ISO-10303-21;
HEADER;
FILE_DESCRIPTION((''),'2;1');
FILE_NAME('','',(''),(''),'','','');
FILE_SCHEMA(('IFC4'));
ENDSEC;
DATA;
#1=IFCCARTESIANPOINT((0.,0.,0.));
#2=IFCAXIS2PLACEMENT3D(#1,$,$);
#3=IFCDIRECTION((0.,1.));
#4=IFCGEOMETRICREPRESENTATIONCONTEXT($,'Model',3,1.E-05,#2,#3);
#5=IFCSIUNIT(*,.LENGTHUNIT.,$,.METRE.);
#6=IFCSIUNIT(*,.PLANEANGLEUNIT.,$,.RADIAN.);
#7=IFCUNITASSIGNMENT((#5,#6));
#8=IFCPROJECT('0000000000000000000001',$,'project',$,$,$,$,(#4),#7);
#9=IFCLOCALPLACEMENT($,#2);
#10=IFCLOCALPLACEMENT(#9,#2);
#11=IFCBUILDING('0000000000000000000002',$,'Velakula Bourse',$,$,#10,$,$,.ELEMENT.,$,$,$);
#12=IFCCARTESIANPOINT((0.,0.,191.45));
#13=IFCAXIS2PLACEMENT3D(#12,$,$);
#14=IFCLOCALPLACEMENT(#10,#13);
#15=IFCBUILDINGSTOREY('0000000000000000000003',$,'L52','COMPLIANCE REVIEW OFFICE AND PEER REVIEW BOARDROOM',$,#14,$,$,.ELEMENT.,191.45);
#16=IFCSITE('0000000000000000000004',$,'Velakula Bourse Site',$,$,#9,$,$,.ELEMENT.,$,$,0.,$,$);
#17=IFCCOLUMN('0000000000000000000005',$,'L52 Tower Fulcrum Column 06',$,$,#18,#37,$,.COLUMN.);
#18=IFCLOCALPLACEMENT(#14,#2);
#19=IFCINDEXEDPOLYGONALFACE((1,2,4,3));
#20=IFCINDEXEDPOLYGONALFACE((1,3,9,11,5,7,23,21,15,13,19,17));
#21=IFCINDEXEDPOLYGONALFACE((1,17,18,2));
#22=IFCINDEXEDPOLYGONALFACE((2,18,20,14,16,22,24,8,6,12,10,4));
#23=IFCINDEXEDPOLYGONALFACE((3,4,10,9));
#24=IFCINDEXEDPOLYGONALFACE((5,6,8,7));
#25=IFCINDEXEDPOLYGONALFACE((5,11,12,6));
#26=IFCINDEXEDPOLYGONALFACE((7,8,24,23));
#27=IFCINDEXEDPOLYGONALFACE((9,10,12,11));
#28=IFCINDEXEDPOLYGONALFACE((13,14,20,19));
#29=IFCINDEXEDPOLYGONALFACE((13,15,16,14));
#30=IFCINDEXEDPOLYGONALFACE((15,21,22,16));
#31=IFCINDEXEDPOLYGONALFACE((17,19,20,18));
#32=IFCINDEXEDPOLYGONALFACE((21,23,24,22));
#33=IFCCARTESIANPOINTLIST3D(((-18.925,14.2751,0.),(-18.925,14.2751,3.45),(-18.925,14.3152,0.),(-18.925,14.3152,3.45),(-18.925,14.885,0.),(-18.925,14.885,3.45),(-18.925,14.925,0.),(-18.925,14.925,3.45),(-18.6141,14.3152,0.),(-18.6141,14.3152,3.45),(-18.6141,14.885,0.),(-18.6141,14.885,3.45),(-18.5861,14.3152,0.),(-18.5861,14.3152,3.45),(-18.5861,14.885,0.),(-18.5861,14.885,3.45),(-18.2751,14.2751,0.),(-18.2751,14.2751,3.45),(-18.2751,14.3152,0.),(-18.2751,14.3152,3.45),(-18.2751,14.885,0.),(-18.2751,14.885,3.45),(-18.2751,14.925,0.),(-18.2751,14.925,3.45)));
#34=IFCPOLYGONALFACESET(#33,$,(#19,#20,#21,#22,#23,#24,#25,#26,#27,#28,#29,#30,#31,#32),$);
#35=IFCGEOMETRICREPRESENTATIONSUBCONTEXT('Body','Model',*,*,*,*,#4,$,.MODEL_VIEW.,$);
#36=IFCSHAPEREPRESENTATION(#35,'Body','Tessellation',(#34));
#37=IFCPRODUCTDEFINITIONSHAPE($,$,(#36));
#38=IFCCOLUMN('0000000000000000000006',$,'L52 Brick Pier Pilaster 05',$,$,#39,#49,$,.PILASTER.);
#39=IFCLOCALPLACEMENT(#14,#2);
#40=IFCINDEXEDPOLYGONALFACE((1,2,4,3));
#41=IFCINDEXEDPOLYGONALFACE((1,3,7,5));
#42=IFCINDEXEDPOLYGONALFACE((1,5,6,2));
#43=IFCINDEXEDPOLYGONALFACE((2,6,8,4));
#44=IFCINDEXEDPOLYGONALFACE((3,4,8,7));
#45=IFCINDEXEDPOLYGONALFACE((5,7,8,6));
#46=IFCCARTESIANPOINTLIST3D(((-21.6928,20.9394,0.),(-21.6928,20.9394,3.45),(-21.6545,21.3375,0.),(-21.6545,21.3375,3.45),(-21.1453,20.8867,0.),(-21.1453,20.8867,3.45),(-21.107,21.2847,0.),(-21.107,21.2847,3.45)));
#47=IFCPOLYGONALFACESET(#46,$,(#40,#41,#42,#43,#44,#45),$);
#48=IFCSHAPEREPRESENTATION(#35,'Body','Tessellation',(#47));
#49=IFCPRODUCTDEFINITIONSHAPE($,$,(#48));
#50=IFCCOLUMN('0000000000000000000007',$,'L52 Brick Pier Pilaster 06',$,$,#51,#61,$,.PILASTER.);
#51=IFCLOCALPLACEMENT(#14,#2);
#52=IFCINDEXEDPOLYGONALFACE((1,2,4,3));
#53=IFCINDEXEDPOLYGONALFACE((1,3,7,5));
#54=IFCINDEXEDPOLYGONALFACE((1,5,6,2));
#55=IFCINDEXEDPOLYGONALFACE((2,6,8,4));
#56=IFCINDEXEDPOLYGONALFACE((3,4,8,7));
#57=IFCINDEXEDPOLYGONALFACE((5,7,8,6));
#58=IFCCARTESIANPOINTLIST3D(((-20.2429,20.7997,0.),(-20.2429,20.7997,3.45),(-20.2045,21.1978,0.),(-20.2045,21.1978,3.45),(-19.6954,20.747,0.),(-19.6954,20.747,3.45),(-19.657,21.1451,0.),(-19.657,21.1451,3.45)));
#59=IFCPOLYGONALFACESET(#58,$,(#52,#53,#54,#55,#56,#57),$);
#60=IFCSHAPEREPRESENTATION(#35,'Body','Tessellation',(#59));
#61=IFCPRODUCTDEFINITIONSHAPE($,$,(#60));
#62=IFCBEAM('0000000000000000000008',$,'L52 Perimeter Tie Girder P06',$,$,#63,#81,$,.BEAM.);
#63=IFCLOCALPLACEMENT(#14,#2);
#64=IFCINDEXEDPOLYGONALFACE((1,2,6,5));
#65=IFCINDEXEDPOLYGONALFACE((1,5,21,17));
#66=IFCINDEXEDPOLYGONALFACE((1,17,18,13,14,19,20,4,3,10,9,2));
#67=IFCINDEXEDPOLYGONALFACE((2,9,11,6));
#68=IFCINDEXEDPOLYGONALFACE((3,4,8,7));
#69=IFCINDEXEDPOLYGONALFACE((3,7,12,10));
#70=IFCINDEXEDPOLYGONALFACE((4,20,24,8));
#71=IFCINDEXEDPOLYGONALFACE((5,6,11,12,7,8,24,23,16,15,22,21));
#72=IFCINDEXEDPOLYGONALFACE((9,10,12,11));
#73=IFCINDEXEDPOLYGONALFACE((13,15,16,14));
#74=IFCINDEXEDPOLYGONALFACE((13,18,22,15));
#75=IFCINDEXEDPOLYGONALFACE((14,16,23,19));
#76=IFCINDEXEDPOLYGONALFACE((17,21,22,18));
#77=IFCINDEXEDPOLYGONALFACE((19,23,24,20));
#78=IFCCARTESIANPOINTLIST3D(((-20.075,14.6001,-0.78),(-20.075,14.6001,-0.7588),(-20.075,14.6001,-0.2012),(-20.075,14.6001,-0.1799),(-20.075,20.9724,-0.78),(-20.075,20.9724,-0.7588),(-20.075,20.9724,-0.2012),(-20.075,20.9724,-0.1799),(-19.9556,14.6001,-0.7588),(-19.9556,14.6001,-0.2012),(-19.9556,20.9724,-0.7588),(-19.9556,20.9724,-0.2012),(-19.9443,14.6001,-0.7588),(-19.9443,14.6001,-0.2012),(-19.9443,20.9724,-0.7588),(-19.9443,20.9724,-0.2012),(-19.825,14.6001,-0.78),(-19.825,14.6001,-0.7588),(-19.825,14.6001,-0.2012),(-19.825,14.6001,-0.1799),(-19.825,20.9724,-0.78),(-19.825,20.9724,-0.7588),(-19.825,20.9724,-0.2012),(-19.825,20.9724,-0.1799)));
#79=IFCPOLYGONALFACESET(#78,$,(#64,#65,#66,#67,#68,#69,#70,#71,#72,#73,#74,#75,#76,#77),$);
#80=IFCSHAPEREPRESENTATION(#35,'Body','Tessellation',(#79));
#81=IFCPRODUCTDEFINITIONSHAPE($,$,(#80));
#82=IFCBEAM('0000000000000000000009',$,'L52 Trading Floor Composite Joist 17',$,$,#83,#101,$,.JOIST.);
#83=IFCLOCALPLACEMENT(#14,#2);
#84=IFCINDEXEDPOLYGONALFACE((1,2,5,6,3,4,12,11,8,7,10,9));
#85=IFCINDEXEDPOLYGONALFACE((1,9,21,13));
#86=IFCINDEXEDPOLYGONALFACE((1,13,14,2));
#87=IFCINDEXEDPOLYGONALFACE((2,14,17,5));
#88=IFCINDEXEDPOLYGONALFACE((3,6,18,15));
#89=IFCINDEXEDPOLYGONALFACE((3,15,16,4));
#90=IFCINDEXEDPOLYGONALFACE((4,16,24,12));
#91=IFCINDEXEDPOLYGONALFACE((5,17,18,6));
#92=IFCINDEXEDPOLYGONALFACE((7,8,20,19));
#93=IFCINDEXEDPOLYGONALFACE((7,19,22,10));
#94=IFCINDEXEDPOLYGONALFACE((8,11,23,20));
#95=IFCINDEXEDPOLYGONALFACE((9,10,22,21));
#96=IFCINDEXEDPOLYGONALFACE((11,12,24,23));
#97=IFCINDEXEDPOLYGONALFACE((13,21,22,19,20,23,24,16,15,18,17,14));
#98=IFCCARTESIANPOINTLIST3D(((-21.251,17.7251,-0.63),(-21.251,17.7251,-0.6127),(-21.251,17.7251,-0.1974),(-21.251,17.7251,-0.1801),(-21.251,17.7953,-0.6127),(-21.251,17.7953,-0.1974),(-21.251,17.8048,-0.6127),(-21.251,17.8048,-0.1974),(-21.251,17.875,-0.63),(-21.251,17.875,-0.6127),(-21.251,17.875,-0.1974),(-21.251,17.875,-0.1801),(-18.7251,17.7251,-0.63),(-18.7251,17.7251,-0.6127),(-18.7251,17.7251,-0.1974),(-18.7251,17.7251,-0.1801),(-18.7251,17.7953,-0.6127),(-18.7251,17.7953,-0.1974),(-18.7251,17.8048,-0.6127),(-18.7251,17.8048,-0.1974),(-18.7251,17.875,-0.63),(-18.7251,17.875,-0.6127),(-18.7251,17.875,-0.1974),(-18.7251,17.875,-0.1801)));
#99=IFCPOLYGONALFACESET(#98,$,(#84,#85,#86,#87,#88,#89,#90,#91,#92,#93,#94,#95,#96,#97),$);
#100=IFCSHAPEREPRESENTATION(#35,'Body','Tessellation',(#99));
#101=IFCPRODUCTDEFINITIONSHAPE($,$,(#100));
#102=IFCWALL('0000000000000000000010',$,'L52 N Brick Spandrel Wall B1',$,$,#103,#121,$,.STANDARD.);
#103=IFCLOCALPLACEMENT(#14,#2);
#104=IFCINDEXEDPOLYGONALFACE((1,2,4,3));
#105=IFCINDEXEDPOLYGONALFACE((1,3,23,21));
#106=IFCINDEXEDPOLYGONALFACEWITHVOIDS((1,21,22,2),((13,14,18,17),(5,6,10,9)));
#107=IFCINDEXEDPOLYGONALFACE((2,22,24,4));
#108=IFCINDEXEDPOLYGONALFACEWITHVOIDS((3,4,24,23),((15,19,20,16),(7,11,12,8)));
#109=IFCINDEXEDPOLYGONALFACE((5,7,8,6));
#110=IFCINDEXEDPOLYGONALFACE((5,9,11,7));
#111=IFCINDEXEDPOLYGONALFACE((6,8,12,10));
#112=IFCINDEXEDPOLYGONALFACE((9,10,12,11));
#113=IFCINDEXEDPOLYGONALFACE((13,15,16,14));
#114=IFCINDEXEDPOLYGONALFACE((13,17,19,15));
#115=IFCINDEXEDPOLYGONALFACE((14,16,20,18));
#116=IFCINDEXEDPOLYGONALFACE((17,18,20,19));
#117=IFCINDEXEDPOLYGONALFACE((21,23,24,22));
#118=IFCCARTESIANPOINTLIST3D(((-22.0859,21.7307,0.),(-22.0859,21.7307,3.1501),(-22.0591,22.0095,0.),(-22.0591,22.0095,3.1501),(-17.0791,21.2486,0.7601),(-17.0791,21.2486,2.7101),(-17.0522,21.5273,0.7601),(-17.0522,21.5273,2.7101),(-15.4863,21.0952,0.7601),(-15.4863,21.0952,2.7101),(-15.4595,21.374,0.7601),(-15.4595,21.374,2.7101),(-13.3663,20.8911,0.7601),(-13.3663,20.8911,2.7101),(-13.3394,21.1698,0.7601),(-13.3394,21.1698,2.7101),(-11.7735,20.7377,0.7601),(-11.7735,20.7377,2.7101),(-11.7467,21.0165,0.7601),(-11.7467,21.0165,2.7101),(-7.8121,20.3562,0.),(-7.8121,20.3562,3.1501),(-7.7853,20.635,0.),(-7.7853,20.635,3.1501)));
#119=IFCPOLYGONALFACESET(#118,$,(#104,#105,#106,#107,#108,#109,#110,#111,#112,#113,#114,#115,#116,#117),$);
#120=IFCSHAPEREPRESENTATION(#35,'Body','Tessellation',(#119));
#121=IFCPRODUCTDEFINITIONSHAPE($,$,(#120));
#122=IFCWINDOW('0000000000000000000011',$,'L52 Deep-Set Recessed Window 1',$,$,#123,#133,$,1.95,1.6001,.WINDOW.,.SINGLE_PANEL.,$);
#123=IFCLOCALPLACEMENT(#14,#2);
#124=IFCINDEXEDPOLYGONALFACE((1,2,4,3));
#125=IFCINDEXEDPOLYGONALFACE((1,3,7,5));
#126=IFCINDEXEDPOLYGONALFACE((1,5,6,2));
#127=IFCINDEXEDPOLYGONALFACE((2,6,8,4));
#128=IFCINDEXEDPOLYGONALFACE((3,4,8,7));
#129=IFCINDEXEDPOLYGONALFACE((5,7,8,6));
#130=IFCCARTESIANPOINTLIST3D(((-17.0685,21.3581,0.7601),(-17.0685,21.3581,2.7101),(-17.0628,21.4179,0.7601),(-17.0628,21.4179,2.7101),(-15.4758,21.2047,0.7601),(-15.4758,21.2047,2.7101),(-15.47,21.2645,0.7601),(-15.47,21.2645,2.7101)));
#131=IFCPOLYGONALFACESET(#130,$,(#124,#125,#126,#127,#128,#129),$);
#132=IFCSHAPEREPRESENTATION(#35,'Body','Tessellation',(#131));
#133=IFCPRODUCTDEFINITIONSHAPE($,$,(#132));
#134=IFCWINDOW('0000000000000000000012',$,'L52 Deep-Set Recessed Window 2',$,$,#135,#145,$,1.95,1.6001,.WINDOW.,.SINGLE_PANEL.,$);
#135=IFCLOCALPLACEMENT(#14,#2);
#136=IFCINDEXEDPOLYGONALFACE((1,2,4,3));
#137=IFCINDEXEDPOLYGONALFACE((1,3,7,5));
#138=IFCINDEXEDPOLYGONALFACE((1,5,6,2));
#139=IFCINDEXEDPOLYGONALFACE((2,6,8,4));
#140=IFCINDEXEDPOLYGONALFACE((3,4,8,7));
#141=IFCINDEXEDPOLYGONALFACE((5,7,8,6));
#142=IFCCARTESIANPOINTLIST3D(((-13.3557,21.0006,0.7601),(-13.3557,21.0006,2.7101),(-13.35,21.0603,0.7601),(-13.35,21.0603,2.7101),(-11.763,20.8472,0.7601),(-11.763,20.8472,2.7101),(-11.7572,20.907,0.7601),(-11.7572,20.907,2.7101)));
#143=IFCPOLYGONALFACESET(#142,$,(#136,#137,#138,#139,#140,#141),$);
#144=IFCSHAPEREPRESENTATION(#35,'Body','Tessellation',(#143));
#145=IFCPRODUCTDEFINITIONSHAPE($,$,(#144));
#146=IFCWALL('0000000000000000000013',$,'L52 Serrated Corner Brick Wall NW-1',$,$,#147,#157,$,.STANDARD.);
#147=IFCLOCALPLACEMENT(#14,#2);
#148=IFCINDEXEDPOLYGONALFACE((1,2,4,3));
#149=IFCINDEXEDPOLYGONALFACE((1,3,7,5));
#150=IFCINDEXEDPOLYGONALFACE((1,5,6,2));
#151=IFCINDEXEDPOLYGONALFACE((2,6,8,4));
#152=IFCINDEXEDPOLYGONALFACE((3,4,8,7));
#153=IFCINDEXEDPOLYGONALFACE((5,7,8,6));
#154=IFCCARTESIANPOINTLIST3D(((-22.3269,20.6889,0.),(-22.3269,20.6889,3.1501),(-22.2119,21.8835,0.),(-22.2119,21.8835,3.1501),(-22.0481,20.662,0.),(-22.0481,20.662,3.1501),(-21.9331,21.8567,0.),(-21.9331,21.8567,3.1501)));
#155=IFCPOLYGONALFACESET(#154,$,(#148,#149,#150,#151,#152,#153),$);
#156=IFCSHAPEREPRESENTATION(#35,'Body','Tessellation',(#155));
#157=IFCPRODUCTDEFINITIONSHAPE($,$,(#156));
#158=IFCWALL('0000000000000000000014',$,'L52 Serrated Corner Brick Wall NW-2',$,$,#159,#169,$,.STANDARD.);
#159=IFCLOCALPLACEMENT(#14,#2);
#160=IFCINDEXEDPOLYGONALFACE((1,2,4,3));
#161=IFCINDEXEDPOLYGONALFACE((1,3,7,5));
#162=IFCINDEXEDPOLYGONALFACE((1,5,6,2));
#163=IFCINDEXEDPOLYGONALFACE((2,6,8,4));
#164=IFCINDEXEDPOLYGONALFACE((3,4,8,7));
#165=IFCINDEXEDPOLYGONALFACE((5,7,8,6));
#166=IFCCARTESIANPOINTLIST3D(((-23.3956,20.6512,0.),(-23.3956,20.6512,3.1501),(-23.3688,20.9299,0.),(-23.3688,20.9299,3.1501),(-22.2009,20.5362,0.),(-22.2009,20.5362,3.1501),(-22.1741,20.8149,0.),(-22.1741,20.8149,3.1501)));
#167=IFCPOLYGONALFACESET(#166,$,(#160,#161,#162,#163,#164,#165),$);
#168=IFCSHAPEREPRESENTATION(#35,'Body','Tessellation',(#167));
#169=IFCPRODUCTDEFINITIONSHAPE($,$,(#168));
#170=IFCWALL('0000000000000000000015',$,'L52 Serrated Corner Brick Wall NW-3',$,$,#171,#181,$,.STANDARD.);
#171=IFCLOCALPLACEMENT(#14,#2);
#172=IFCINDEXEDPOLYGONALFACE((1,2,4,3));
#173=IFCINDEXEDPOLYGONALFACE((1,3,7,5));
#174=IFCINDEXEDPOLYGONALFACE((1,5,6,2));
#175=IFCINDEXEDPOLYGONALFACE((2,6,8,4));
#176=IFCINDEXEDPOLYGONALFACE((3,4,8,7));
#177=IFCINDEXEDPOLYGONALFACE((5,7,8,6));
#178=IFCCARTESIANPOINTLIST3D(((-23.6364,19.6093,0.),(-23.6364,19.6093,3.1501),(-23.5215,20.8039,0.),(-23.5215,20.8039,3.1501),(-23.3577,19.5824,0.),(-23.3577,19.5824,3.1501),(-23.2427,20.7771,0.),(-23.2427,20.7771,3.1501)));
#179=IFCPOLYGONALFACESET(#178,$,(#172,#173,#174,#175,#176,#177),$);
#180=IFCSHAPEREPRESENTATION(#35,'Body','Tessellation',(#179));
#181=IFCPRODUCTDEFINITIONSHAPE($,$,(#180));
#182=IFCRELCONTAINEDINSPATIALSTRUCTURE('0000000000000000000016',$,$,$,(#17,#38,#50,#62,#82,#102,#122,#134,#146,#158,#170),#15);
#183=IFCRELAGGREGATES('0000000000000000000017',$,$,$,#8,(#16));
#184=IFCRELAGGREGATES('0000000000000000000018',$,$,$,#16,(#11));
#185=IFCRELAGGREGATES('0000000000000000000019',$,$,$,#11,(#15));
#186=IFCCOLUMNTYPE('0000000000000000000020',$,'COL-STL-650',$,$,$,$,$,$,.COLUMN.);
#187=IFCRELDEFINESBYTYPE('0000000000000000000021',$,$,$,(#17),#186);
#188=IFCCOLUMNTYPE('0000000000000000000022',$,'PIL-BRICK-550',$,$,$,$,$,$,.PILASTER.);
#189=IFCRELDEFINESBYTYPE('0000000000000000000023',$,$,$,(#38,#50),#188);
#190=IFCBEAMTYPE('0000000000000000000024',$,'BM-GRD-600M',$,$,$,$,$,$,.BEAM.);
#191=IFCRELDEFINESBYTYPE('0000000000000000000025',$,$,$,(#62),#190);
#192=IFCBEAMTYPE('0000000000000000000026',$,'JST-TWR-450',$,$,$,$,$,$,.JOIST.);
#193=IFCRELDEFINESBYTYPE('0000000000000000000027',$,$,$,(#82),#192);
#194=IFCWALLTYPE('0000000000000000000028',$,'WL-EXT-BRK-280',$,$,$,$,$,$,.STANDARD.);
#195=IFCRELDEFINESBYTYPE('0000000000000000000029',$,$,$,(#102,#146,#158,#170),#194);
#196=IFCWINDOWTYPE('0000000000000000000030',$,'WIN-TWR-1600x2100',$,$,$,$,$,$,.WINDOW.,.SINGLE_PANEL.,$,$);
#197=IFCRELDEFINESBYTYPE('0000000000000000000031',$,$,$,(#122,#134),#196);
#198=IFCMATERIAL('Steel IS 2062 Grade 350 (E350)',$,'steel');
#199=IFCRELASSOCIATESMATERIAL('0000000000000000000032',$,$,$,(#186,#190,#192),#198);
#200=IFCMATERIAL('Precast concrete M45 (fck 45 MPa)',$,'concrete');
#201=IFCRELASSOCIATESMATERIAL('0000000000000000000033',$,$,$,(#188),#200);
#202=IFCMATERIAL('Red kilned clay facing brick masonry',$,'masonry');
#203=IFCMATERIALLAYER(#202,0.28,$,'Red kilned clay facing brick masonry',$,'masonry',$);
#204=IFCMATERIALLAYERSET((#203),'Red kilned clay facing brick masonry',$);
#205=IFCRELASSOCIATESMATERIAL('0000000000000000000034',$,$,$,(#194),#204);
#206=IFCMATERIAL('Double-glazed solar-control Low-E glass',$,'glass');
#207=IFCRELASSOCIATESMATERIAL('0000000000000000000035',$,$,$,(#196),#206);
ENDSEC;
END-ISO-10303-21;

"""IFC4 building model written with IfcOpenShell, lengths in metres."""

from ifc_helpers import new_model, si_unit, direction, frame, frame_2d, origin, origin_2d, place, context, subcontext, project, spatial, rectangle, i_section, extrude, material, layer, layer_set, material_profile, profile_set, type_object, element, fill, save


model = new_model("IFC4")

# Units and contexts
model_context = context("Model", 3, precision=1e-05, world=origin(), true_north=direction((0.0, 1.0)))
body_context = subcontext(model_context, "Body", "Model", "MODEL_VIEW")
ifc_project = project(units=[si_unit("LENGTHUNIT", "METRE"), si_unit("PLANEANGLEUNIT", "RADIAN")], contexts=[model_context])

# Site, building, storey
site_placement = place(None, origin())
site = spatial("IfcSite", under=ifc_project, at=site_placement, Name="Velakula Bourse Site", CompositionType="ELEMENT", RefElevation=0.0)
building_placement = place(site_placement, origin())
building = spatial("IfcBuilding", under=site, at=building_placement, Name="Velakula Bourse", CompositionType="ELEMENT")
storey_placement = place(building_placement, frame((0.0, 0.0, 191.45)))
storey = spatial("IfcBuildingStorey", under=building, at=storey_placement, Name="L52", Description="COMPLIANCE REVIEW OFFICE AND PEER REVIEW BOARDROOM", CompositionType="ELEMENT", Elevation=191.45)

# Columns
ifc_material_1 = material(Name="Steel IS 2062 Grade 350 (E350)", Category="steel")
ifc_material_profile_1 = material_profile(ifc_material_1, i_section(OverallWidth=0.6499, OverallDepth=0.6499, WebThickness=0.0281, FlangeThickness=0.04, at=origin_2d()), Name="Steel IS 2062 Grade 350 (E350)")
ifc_profile_set_1 = profile_set([ifc_material_profile_1], Name="Steel IS 2062 Grade 350 (E350)")
column_type_1 = type_object("IfcColumnType", Name="COL-STL-650", PredefinedType="COLUMN", material=ifc_profile_set_1)
column_placement = place(storey_placement, frame((-18.6001, 14.6001, 0.0), z_axis=(0.0, 0.0, 1.0), x_axis=(1.0, 0.0, 0.0)))
element("IfcColumn", 1, at=column_placement, inside=storey, type_object=column_type_1, Name="L52 Tower Fulcrum Column 06", PredefinedType="COLUMN", context=body_context, shape_type="SweptSolid", body=[
    extrude(i_section(OverallWidth=0.6499, OverallDepth=0.6499, WebThickness=0.0281, FlangeThickness=0.04, at=origin_2d()), origin(), (0.0, 0.0, 1.0), 3.45),
])
ifc_material_2 = material(Name="Precast concrete M45 (fck 45 MPa)", Category="concrete")
ifc_material_profile_2 = material_profile(ifc_material_2, rectangle(XDim=0.55, YDim=0.3999, at=origin_2d()), Name="Precast concrete M45 (fck 45 MPa)")
ifc_profile_set_2 = profile_set([ifc_material_profile_2], Name="Precast concrete M45 (fck 45 MPa)")
column_type_2 = type_object("IfcColumnType", Name="PIL-BRICK-550", PredefinedType="PILASTER", material=ifc_profile_set_2)
for number, where, z_axis, x_axis, name in (
    (2, (-21.3999, 21.1121, 0.0), (0.0, 0.0, 1.0), (0.995396, -0.095846, 0.0), "L52 Brick Pier Pilaster 05"),
    (3, (-19.95, 20.9724, 0.0), (0.0, 0.0, 1.0), (0.995396, -0.095846, 0.0), "L52 Brick Pier Pilaster 06"),
):
    element("IfcColumn", number, at=place(storey_placement, frame(where, z_axis=z_axis, x_axis=x_axis)), inside=storey, type_object=column_type_2, Name=name, PredefinedType="PILASTER", context=body_context, shape_type="SweptSolid", body=[
        extrude(rectangle(XDim=0.55, YDim=0.3999, at=origin_2d()), origin(), (0.0, 0.0, 1.0), 3.45),
    ])

# Beams
ifc_material_profile_3 = material_profile(ifc_material_1, i_section(OverallWidth=0.25, OverallDepth=0.6001, WebThickness=0.0112, FlangeThickness=0.0212, at=origin_2d()), Name="Steel IS 2062 Grade 350 (E350)")
ifc_profile_set_3 = profile_set([ifc_material_profile_3], Name="Steel IS 2062 Grade 350 (E350)")
beam_type_1 = type_object("IfcBeamType", Name="BM-GRD-600M", PredefinedType="BEAM", material=ifc_profile_set_3)
beam_1_placement = place(storey_placement, frame((-19.95, 14.6001, -0.48), z_axis=(0.0, 1.0, 0.0), x_axis=(-1.0, 0.0, 0.0)))
element("IfcBeam", 4, at=beam_1_placement, inside=storey, type_object=beam_type_1, Name="L52 Perimeter Tie Girder P06", PredefinedType="BEAM", context=body_context, shape_type="SweptSolid", body=[
    extrude(i_section(OverallWidth=0.25, OverallDepth=0.6001, WebThickness=0.0112, FlangeThickness=0.0212, at=origin_2d()), origin(), (0.0, 0.0, 1.0), 6.3723),
])
ifc_material_profile_4 = material_profile(ifc_material_1, i_section(OverallWidth=0.1499, OverallDepth=0.45, WebThickness=0.0095, FlangeThickness=0.0173, at=origin_2d()), Name="Steel IS 2062 Grade 350 (E350)")
ifc_profile_set_4 = profile_set([ifc_material_profile_4], Name="Steel IS 2062 Grade 350 (E350)")
beam_type_2 = type_object("IfcBeamType", Name="JST-TWR-450", PredefinedType="JOIST", material=ifc_profile_set_4)
beam_2_placement = place(storey_placement, frame((-21.251, 17.8, -0.405), z_axis=(1.0, 0.0, 0.0), x_axis=(0.0, 1.0, 0.0)))
element("IfcBeam", 5, at=beam_2_placement, inside=storey, type_object=beam_type_2, Name="L52 Trading Floor Composite Joist 17", PredefinedType="JOIST", context=body_context, shape_type="SweptSolid", body=[
    extrude(i_section(OverallWidth=0.1499, OverallDepth=0.45, WebThickness=0.0095, FlangeThickness=0.0173, at=origin_2d()), origin(), (0.0, 0.0, 1.0), 2.5259),
])

# Wall, openings, windows
ifc_material_3 = material(Name="Red kilned clay facing brick masonry", Category="masonry")
ifc_layer = layer(ifc_material_3, 0.28, Name="Red kilned clay facing brick masonry", Category="masonry")
ifc_layer_set = layer_set([ifc_layer], Name="Red kilned clay facing brick masonry")
wall_type = type_object("IfcWallType", Name="WL-EXT-BRK-280", PredefinedType="STANDARD", material=ifc_layer_set)
wall_placement = place(storey_placement, frame((-22.0725, 21.8701, 0.0), z_axis=(0.0, 0.0, 1.0), x_axis=(0.995396, -0.095852, 0.0)))
wall = element("IfcWall", 6, at=wall_placement, inside=storey, type_object=wall_type, Name="L52 N Brick Spandrel Wall B1", PredefinedType="STANDARD", context=body_context, shape_type="SweptSolid", body=[
    extrude(rectangle(XDim=14.3398, YDim=0.28, at=frame_2d((7.1699, 0.0))), origin(), (0.0, 0.0, 1.0), 3.1501),
])
opening_1_placement = place(wall_placement, frame((5.03, 0.0, 0.76)))
opening_1 = element("IfcOpeningElement", 7, at=opening_1_placement, cuts=wall, PredefinedType="OPENING", context=body_context, shape_type="SweptSolid", body=[
    extrude(rectangle(XDim=1.6001, YDim=1.95, at=frame_2d((0.8, 0.9751))), frame((0.0, 0.1499, 0.0), z_axis=(0.0, -1.0, 0.0), x_axis=(1.0, 0.0, 0.0)), (0.0, 0.0, 1.0), 0.3),
])
opening_2_placement = place(wall_placement, frame((8.76, 0.0, 0.76)))
opening_2 = element("IfcOpeningElement", 8, at=opening_2_placement, cuts=wall, PredefinedType="OPENING", context=body_context, shape_type="SweptSolid", body=[
    extrude(rectangle(XDim=1.6001, YDim=1.95, at=frame_2d((0.8, 0.9751))), frame((0.0, 0.1499, 0.0), z_axis=(0.0, -1.0, 0.0), x_axis=(1.0, 0.0, 0.0)), (0.0, 0.0, 1.0), 0.3),
])
ifc_material_4 = material(Name="Double-glazed solar-control Low-E glass", Category="glass")
window_type = type_object("IfcWindowType", Name="WIN-TWR-1600x2100", PartitioningType="SINGLE_PANEL", PredefinedType="WINDOW", material=ifc_material_4)
window_1_placement = place(opening_1_placement, origin())
window_1 = element("IfcWindow", 9, at=window_1_placement, inside=storey, type_object=window_type, Name="L52 Deep-Set Recessed Window 1", OverallHeight=1.95, OverallWidth=1.6001, PartitioningType="SINGLE_PANEL", PredefinedType="WINDOW", context=body_context, shape_type="SweptSolid", body=[
    extrude(rectangle(XDim=1.6001, YDim=1.95, at=frame_2d((0.8, 0.9751))), frame((0.0, 0.03, 0.0), z_axis=(0.0, -1.0, 0.0), x_axis=(1.0, 0.0, 0.0)), (0.0, 0.0, 1.0), 0.0601),
])
fill(opening_1, window_1)
window_2_placement = place(opening_2_placement, origin())
window_2 = element("IfcWindow", 10, at=window_2_placement, inside=storey, type_object=window_type, Name="L52 Deep-Set Recessed Window 2", OverallHeight=1.95, OverallWidth=1.6001, PartitioningType="SINGLE_PANEL", PredefinedType="WINDOW", context=body_context, shape_type="SweptSolid", body=[
    extrude(rectangle(XDim=1.6001, YDim=1.95, at=frame_2d((0.8, 0.9751))), frame((0.0, 0.03, 0.0), z_axis=(0.0, -1.0, 0.0), x_axis=(1.0, 0.0, 0.0)), (0.0, 0.0, 1.0), 0.0601),
])
fill(opening_2, window_2)

# Walls
for number, where, z_axis, x_axis, name in (
    (11, (-22.0725, 21.8701, 0.0), (0.0, 0.0, 1.0), (-0.095817, -0.995399, 0.0), "L52 Serrated Corner Brick Wall NW-1"),
    (12, (-22.1875, 20.6755, 0.0), (0.0, 0.0, 1.0), (-0.995399, 0.095817, 0.0), "L52 Serrated Corner Brick Wall NW-2"),
    (13, (-23.3821, 20.7905, 0.0), (0.0, 0.0, 1.0), (-0.095817, -0.995399, 0.0), "L52 Serrated Corner Brick Wall NW-3"),
):
    element("IfcWall", number, at=place(storey_placement, frame(where, z_axis=z_axis, x_axis=x_axis)), inside=storey, type_object=wall_type, Name=name, PredefinedType="STANDARD", context=body_context, shape_type="SweptSolid", body=[
        extrude(rectangle(XDim=1.2002, YDim=0.28, at=frame_2d((0.6001, 0.0))), origin(), (0.0, 0.0, 1.0), 3.1501),
    ])

save(model, "model.ifc")
